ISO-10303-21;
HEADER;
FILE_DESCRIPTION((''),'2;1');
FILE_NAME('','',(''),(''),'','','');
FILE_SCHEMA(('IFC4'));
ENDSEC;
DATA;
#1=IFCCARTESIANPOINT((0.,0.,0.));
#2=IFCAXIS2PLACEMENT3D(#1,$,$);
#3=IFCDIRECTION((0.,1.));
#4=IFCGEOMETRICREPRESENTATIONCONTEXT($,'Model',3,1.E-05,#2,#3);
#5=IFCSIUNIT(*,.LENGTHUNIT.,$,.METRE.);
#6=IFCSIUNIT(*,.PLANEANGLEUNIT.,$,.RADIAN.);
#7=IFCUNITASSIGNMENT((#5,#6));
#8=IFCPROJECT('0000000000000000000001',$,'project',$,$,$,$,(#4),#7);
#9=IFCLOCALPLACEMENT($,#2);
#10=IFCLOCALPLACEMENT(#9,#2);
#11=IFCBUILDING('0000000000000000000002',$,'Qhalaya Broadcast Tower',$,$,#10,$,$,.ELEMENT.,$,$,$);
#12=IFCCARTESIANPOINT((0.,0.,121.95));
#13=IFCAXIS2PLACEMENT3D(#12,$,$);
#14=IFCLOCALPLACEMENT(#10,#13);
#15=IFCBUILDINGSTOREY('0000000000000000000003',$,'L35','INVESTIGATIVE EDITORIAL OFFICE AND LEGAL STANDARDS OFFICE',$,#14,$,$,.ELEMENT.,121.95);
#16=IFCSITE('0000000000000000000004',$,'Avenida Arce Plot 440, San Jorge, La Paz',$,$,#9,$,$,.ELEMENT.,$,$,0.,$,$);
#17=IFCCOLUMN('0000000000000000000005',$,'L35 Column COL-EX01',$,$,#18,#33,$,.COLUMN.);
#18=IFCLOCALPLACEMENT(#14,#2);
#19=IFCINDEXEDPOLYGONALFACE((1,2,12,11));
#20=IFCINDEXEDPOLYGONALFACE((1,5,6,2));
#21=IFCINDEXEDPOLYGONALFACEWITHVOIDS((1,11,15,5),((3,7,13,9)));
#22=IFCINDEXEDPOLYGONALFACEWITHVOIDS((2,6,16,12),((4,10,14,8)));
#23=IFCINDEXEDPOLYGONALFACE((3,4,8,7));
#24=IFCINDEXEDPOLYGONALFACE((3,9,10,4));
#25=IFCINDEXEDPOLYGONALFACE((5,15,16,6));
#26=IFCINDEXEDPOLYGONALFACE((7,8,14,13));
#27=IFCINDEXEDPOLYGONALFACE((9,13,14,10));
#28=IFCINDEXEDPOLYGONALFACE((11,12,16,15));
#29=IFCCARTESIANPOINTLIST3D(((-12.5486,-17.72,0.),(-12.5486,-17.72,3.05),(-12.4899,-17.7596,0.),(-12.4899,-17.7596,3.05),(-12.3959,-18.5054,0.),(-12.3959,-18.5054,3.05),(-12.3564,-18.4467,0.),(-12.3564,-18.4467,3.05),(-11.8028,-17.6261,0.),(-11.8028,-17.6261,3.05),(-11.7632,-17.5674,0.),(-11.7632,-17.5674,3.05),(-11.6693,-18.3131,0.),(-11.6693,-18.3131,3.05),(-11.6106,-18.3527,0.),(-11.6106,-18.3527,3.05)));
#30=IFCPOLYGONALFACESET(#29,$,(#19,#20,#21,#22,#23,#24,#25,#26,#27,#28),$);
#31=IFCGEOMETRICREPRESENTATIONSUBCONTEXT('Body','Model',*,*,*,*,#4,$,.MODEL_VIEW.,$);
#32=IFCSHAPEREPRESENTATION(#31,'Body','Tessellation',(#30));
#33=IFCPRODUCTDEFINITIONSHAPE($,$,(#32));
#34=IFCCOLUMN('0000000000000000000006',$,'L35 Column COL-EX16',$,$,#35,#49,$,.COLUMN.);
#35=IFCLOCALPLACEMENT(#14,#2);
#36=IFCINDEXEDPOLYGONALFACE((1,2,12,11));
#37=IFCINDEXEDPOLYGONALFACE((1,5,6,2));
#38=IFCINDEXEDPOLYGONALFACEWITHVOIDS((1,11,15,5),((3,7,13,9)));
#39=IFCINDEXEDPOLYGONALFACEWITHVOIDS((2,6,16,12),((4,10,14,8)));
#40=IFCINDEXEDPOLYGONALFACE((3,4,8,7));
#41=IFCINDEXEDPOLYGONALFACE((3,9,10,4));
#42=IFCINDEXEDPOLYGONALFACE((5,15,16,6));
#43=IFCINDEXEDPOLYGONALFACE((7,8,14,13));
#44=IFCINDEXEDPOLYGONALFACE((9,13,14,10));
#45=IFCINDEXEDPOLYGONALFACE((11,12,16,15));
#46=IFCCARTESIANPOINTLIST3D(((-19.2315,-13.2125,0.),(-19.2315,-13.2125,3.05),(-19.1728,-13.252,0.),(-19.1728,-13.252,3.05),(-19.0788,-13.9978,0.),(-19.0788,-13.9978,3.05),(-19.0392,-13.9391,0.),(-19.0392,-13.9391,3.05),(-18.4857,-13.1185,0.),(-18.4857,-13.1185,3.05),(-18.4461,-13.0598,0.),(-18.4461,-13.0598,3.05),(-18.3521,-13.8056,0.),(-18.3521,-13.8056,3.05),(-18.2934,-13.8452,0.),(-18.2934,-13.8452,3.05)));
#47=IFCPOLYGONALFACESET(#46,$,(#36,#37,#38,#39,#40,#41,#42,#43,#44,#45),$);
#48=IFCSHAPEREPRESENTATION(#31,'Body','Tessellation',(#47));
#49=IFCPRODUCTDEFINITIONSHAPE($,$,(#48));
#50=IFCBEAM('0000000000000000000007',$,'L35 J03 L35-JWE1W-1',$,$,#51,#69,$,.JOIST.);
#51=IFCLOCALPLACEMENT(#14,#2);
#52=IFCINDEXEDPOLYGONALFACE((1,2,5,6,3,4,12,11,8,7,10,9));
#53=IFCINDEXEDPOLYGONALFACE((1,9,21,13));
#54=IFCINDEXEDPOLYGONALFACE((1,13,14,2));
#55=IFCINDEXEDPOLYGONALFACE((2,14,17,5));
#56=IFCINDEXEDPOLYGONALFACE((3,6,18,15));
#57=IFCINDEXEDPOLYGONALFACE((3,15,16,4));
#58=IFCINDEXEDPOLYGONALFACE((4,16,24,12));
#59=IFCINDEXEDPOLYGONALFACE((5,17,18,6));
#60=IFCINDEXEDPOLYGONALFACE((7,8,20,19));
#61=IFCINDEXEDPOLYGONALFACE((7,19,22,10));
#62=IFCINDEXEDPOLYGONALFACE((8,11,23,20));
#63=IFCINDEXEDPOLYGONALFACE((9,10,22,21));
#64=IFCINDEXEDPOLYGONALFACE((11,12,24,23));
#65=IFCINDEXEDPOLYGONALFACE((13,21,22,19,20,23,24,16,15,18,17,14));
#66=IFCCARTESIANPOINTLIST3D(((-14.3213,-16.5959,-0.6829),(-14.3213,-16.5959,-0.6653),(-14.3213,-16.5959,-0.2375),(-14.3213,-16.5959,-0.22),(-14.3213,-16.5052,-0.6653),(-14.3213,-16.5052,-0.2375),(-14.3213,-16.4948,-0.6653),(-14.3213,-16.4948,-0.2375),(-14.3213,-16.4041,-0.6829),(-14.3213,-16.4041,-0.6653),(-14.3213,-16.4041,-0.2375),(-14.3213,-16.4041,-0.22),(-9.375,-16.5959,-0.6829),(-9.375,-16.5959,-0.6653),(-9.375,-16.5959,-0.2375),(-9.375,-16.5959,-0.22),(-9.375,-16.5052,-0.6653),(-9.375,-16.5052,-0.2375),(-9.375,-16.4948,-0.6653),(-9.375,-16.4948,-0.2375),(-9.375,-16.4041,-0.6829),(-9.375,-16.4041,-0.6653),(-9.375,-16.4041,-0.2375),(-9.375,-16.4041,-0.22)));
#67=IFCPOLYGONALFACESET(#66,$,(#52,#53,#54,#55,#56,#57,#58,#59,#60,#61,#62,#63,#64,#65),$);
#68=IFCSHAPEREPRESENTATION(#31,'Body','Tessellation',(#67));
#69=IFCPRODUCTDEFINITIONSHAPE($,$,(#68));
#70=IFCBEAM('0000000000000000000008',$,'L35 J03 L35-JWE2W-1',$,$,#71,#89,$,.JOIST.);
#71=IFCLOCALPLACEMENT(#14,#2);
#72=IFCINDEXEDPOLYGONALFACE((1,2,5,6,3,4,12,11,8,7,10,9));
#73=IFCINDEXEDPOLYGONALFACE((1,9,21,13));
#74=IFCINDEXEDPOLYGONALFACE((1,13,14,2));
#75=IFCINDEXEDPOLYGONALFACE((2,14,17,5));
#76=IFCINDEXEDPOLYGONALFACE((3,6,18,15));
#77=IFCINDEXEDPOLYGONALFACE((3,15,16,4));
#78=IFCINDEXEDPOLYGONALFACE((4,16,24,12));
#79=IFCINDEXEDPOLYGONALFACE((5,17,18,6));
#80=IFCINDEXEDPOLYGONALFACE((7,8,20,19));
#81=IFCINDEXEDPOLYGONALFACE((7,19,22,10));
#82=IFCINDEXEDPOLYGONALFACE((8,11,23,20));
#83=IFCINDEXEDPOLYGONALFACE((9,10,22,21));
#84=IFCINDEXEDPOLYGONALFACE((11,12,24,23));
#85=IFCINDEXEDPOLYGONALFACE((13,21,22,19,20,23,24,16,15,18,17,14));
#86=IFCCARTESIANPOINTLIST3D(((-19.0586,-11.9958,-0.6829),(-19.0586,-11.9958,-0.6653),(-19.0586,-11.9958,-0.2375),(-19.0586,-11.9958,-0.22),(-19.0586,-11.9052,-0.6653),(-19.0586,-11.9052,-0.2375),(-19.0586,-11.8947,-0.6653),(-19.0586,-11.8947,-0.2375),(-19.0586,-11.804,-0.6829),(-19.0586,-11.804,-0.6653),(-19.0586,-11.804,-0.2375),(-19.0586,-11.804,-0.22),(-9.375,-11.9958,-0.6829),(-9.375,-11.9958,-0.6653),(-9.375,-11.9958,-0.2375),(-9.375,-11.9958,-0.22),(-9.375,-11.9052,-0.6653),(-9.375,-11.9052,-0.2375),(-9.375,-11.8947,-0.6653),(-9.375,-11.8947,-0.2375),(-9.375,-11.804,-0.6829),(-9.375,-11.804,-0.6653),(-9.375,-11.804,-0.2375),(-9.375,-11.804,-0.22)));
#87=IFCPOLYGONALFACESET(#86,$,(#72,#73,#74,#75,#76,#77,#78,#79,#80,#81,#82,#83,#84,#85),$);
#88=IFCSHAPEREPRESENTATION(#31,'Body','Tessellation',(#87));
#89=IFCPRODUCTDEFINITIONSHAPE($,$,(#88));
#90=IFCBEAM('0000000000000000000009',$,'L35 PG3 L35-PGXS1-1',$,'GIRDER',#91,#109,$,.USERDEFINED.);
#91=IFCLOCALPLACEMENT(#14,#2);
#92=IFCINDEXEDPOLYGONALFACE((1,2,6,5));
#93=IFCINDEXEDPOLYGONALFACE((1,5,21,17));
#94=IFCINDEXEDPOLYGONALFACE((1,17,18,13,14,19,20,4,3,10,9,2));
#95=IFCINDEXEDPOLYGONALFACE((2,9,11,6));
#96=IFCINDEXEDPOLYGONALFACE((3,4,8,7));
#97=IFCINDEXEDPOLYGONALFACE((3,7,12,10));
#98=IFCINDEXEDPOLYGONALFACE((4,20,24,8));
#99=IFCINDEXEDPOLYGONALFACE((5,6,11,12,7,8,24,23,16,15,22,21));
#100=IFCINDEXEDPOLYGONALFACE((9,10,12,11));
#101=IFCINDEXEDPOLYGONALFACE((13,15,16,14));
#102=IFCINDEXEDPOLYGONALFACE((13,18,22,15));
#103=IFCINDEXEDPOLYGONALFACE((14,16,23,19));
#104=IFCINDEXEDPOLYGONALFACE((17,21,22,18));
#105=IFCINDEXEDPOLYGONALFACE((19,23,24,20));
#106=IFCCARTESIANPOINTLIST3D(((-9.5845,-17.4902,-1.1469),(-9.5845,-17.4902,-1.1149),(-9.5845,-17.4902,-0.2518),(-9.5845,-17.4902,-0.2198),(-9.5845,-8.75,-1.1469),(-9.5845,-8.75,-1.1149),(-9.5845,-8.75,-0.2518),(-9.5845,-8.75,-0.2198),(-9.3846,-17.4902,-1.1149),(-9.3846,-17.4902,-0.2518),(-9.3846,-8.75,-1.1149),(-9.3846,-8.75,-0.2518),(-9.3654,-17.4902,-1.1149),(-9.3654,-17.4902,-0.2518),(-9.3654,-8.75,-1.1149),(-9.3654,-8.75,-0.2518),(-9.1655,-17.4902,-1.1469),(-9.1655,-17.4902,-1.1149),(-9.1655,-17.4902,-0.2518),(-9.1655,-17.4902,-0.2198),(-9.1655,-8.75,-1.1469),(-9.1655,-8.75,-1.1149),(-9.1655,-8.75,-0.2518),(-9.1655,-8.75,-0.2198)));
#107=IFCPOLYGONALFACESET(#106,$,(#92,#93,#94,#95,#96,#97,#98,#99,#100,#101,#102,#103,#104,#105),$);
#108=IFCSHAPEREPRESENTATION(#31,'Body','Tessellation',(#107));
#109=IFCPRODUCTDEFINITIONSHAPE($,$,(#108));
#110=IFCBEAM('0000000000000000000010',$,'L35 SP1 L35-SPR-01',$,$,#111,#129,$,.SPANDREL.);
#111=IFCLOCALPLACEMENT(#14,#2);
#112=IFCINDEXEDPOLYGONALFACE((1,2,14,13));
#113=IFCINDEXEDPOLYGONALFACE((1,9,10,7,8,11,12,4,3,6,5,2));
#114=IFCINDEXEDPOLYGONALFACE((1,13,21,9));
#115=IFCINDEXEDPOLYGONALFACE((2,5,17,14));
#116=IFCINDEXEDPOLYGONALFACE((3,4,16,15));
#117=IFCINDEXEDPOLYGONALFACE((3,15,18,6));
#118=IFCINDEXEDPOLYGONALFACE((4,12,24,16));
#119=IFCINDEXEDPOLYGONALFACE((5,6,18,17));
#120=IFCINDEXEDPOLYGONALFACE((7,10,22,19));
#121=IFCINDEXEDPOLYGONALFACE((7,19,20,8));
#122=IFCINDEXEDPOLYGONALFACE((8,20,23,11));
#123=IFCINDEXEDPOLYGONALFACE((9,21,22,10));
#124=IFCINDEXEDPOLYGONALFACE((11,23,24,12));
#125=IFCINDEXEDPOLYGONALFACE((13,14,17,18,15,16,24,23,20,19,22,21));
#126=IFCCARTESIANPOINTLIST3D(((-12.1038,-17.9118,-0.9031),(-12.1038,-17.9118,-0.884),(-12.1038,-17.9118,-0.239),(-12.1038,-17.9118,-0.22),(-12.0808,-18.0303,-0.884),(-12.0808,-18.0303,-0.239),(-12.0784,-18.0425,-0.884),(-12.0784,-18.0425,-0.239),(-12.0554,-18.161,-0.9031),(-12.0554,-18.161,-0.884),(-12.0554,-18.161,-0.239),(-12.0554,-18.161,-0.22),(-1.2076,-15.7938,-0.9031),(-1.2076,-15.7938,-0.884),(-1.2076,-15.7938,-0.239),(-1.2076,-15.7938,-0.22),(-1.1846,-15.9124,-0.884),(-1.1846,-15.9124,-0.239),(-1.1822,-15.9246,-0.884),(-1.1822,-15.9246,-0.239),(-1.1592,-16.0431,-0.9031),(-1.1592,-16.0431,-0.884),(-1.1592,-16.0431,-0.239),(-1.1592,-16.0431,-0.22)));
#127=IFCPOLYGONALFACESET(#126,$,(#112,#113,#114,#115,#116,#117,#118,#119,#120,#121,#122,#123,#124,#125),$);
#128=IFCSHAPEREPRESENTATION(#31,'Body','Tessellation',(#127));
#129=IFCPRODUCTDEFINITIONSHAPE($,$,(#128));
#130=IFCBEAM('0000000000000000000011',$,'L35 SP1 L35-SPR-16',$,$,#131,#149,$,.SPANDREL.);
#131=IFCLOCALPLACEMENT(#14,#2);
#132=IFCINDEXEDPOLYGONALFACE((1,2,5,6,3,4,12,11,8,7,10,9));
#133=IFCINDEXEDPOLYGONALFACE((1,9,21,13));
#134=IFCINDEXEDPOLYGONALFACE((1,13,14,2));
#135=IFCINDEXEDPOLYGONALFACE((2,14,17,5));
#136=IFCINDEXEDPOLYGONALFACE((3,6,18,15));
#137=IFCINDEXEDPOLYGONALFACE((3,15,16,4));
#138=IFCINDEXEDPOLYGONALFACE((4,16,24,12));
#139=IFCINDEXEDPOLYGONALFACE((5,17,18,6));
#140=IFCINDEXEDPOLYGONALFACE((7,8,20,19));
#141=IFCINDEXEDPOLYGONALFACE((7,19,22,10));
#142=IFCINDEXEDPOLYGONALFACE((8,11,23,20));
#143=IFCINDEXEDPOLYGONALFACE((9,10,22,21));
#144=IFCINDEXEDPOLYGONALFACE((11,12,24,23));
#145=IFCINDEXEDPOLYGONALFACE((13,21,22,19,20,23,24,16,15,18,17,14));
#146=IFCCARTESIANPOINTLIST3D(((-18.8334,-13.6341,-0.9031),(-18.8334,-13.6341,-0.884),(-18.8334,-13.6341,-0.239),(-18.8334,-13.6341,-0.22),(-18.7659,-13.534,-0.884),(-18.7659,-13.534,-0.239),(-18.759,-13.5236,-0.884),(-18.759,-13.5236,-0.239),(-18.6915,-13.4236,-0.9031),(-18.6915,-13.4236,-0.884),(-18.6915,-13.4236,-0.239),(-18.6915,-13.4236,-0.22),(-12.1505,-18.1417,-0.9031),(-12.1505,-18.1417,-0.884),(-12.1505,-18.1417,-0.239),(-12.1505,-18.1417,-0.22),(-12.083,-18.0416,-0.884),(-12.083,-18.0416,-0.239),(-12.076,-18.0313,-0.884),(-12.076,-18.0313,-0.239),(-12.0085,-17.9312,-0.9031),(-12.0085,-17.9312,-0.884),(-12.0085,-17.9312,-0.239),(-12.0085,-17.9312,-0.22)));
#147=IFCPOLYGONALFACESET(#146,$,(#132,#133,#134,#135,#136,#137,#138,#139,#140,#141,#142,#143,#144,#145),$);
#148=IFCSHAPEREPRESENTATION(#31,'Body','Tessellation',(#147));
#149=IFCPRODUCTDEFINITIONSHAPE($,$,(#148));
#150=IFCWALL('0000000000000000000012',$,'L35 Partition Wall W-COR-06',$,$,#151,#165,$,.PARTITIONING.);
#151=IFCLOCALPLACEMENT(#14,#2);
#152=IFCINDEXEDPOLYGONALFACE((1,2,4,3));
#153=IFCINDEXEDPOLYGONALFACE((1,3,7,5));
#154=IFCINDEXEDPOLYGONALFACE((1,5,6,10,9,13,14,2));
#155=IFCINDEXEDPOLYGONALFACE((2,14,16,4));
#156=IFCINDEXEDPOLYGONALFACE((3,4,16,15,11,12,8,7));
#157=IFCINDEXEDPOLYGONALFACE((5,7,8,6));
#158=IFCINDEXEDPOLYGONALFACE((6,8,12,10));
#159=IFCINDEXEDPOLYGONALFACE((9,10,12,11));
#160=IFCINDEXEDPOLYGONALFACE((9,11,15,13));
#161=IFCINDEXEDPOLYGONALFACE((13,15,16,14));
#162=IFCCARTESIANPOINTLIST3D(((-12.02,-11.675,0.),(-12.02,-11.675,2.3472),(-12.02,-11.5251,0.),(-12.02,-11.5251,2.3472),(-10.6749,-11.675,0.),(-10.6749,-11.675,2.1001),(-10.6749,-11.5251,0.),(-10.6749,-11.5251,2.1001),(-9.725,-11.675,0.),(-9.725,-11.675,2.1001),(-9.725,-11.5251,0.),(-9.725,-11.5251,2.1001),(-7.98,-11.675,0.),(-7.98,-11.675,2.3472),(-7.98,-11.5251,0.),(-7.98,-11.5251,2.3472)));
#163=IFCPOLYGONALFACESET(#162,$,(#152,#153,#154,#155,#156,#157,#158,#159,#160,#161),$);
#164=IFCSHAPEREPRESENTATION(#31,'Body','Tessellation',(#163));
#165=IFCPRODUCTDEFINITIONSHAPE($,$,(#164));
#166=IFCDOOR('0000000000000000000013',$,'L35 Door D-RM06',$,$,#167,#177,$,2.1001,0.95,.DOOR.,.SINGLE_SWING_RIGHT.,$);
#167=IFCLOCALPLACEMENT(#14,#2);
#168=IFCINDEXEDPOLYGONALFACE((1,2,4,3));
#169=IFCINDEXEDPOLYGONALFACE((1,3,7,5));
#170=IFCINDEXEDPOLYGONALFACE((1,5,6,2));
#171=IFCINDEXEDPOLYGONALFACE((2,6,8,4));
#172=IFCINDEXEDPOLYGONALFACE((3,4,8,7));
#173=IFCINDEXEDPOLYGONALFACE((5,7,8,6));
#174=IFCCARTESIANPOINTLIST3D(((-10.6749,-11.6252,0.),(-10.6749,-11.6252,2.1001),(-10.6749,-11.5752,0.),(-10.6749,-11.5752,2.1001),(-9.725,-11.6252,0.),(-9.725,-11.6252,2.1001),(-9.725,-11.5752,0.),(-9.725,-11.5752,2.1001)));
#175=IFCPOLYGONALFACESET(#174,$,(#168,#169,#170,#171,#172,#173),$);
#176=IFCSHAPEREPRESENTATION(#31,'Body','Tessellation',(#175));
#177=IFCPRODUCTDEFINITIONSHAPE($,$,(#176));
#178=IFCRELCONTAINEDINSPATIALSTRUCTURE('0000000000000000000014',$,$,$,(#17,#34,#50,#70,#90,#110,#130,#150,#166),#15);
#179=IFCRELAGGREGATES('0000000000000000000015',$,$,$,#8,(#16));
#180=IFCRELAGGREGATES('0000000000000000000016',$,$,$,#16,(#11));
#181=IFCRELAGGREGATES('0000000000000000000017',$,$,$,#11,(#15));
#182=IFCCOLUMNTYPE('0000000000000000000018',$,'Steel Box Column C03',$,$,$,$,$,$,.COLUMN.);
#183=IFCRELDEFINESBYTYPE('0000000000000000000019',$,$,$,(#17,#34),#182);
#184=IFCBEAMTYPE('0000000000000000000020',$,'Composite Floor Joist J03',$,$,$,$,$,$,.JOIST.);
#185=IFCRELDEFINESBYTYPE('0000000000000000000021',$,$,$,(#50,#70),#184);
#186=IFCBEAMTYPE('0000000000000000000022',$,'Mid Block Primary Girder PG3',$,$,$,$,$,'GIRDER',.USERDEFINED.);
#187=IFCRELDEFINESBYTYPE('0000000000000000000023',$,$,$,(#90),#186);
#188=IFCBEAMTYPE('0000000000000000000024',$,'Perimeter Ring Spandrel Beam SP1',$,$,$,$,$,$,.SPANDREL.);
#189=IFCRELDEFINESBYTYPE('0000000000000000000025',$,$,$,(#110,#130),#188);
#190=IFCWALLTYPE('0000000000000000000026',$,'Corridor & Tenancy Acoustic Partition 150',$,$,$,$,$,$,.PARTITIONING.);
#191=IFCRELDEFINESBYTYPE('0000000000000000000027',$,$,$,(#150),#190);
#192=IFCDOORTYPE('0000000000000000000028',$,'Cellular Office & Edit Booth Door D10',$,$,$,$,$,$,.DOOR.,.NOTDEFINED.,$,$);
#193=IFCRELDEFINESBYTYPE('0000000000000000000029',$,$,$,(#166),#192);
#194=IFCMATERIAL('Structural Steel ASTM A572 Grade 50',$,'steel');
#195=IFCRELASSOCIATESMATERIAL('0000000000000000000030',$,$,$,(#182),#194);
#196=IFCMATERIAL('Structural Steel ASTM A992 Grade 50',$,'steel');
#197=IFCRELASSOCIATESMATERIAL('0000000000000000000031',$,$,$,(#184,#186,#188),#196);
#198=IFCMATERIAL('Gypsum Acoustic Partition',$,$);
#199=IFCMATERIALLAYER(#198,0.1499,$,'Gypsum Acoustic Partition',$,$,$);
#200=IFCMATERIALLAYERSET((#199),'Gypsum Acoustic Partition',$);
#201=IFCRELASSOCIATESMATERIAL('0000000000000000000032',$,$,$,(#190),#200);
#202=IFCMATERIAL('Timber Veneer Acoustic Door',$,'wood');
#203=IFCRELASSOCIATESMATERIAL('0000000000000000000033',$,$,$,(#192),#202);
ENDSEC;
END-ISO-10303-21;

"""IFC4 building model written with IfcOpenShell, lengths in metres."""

from ifc_helpers import new_model, si_unit, direction, frame, frame_2d, origin, origin_2d, place, context, subcontext, project, spatial, rectangle, hollow_rectangle, i_section, extrude, material, layer, layer_set, material_profile, profile_set, type_object, element, fill, save


model = new_model("IFC4")

# Units and contexts
model_context = context("Model", 3, precision=1e-05, world=origin(), true_north=direction((0.0, 1.0)))
body_context = subcontext(model_context, "Body", "Model", "MODEL_VIEW")
ifc_project = project(units=[si_unit("LENGTHUNIT", "METRE"), si_unit("PLANEANGLEUNIT", "RADIAN")], contexts=[model_context])

# Site, building, storey
site_placement = place(None, origin())
site = spatial("IfcSite", under=ifc_project, at=site_placement, Name="Avenida Arce Plot 440, San Jorge, La Paz", CompositionType="ELEMENT", RefElevation=0.0)
building_placement = place(site_placement, origin())
building = spatial("IfcBuilding", under=site, at=building_placement, Name="Qhalaya Broadcast Tower", CompositionType="ELEMENT")
storey_placement = place(building_placement, frame((0.0, 0.0, 121.95)))
storey = spatial("IfcBuildingStorey", under=building, at=storey_placement, Name="L35", Description="INVESTIGATIVE EDITORIAL OFFICE AND LEGAL STANDARDS OFFICE", CompositionType="ELEMENT", Elevation=121.95)

# Columns
ifc_material_1 = material(Name="Structural Steel ASTM A572 Grade 50", Category="steel")
ifc_material_profile_1 = material_profile(ifc_material_1, hollow_rectangle(XDim=0.8, YDim=0.8, WallThickness=0.05, at=origin_2d()), Name="BOX 800x800x50")
ifc_profile_set_1 = profile_set([ifc_material_profile_1], Name="Structural Steel ASTM A572 Grade 50")
column_type = type_object("IfcColumnType", Name="Steel Box Column C03", PredefinedType="COLUMN", material=ifc_profile_set_1)
for number, where, z_axis, x_axis, name in (
    (1, (-12.0796, -18.0364, 0.0), (0.0, 0.0, 1.0), (0.981627, 0.190809, 0.0), "L35 Column COL-EX01"),
    (2, (-18.7625, -13.5288, 0.0), (0.0, 0.0, 1.0), (-0.190809, 0.981627, 0.0), "L35 Column COL-EX16"),
):
    element("IfcColumn", number, at=place(storey_placement, frame(where, z_axis=z_axis, x_axis=x_axis)), inside=storey, type_object=column_type, Name=name, PredefinedType="COLUMN", context=body_context, shape_type="SweptSolid", body=[
        extrude(hollow_rectangle(XDim=0.8, YDim=0.8, WallThickness=0.05, at=origin_2d()), origin(), (0.0, 0.0, 1.0), 3.05),
    ])

# Beams
ifc_material_2 = material(Name="Structural Steel ASTM A992 Grade 50", Category="steel")
ifc_material_profile_2 = material_profile(ifc_material_2, i_section(OverallWidth=0.1919, OverallDepth=0.4629, WebThickness=0.0105, FlangeThickness=0.0176, at=origin_2d()), Name="W18X60")
ifc_profile_set_2 = profile_set([ifc_material_profile_2], Name="Structural Steel ASTM A992 Grade 50")
beam_type_1 = type_object("IfcBeamType", Name="Composite Floor Joist J03", PredefinedType="JOIST", material=ifc_profile_set_2)
beam_1_placement = place(storey_placement, frame((-14.3213, -16.5, -0.4514), z_axis=(1.0, 0.0, 0.0), x_axis=(0.0, 1.0, 0.0)))
element("IfcBeam", 3, at=beam_1_placement, inside=storey, type_object=beam_type_1, Name="L35 J03 L35-JWE1W-1", PredefinedType="JOIST", context=body_context, shape_type="SweptSolid", body=[
    extrude(i_section(OverallWidth=0.1919, OverallDepth=0.4629, WebThickness=0.0105, FlangeThickness=0.0176, at=origin_2d()), origin(), (0.0, 0.0, 1.0), 4.9463),
])
beam_2_placement = place(storey_placement, frame((-19.0586, -11.8999, -0.4514), z_axis=(1.0, 0.0, 0.0), x_axis=(0.0, 1.0, 0.0)))
element("IfcBeam", 4, at=beam_2_placement, inside=storey, type_object=beam_type_1, Name="L35 J03 L35-JWE2W-1", PredefinedType="JOIST", context=body_context, shape_type="SweptSolid", body=[
    extrude(i_section(OverallWidth=0.1919, OverallDepth=0.4629, WebThickness=0.0105, FlangeThickness=0.0176, at=origin_2d()), origin(), (0.0, 0.0, 1.0), 9.6836),
])
ifc_material_profile_3 = material_profile(ifc_material_2, i_section(OverallWidth=0.4189, OverallDepth=0.927, WebThickness=0.0193, FlangeThickness=0.032, at=origin_2d()), Name="W36X231")
ifc_profile_set_3 = profile_set([ifc_material_profile_3], Name="Structural Steel ASTM A992 Grade 50")
beam_type_2 = type_object("IfcBeamType", Name="Mid Block Primary Girder PG3", ElementType="GIRDER", PredefinedType="USERDEFINED", material=ifc_profile_set_3)
beam_3_placement = place(storey_placement, frame((-9.375, -17.4902, -0.6833), z_axis=(0.0, 1.0, 0.0), x_axis=(-1.0, 0.0, 0.0)))
element("IfcBeam", 5, at=beam_3_placement, inside=storey, type_object=beam_type_2, Name="L35 PG3 L35-PGXS1-1", ObjectType="GIRDER", PredefinedType="USERDEFINED", context=body_context, shape_type="SweptSolid", body=[
    extrude(i_section(OverallWidth=0.4189, OverallDepth=0.927, WebThickness=0.0193, FlangeThickness=0.032, at=origin_2d()), origin(), (0.0, 0.0, 1.0), 8.7402),
])
ifc_material_profile_4 = material_profile(ifc_material_2, i_section(OverallWidth=0.2539, OverallDepth=0.6831, WebThickness=0.0125, FlangeThickness=0.019, at=origin_2d()), Name="W27X94")
ifc_profile_set_4 = profile_set([ifc_material_profile_4], Name="Structural Steel ASTM A992 Grade 50")
beam_type_3 = type_object("IfcBeamType", Name="Perimeter Ring Spandrel Beam SP1", PredefinedType="SPANDREL", material=ifc_profile_set_4)
beam_4_placement = place(storey_placement, frame((-12.0796, -18.0364, -0.5615), z_axis=(0.981629, 0.190801, 0.0), x_axis=(-0.190801, 0.981629, 0.0)))
element("IfcBeam", 6, at=beam_4_placement, inside=storey, type_object=beam_type_3, Name="L35 SP1 L35-SPR-01", PredefinedType="SPANDREL", context=body_context, shape_type="SweptSolid", body=[
    extrude(i_section(OverallWidth=0.2539, OverallDepth=0.6831, WebThickness=0.0125, FlangeThickness=0.019, at=origin_2d()), origin(), (0.0, 0.0, 1.0), 11.1001),
])
beam_5_placement = place(storey_placement, frame((-18.7625, -13.5288, -0.5615), z_axis=(0.829042, -0.559186, 0.0), x_axis=(0.559186, 0.829042, 0.0)))
element("IfcBeam", 7, at=beam_5_placement, inside=storey, type_object=beam_type_3, Name="L35 SP1 L35-SPR-16", PredefinedType="SPANDREL", context=body_context, shape_type="SweptSolid", body=[
    extrude(i_section(OverallWidth=0.2539, OverallDepth=0.6831, WebThickness=0.0125, FlangeThickness=0.019, at=origin_2d()), origin(), (0.0, 0.0, 1.0), 8.061),
])

# Wall, opening, door
ifc_material_3 = material(Name="Gypsum Acoustic Partition")
ifc_layer_1 = layer(ifc_material_3, 0.1499, Name="Gypsum Acoustic Partition")
ifc_layer_set_1 = layer_set([ifc_layer_1], Name="Gypsum Acoustic Partition")
wall_type_1 = type_object("IfcWallType", Name="Corridor & Tenancy Acoustic Partition 150", PredefinedType="PARTITIONING", material=ifc_layer_set_1)
wall_1_placement = place(storey_placement, frame((-12.02, -11.6001, 0.0), z_axis=(0.0, 0.0, 1.0), x_axis=(1.0, 0.0, 0.0)))
wall_1 = element("IfcWall", 8, at=wall_1_placement, inside=storey, type_object=wall_type_1, Name="L35 Partition Wall W-COR-06", PredefinedType="PARTITIONING", context=body_context, shape_type="SweptSolid", body=[
    extrude(rectangle(XDim=4.04, YDim=0.1499, at=frame_2d((2.02, 0.0))), origin(), (0.0, 0.0, 1.0), 2.3472),
])
opening_1_placement = place(wall_1_placement, frame((1.345, 0.0, 0.0)))
opening_1 = element("IfcOpeningElement", 9, at=opening_1_placement, cuts=wall_1, PredefinedType="OPENING", context=body_context, shape_type="SweptSolid", body=[
    extrude(rectangle(XDim=0.95, YDim=2.1001, at=frame_2d((0.4751, 1.05))), frame((0.0, 0.0869, 0.0), z_axis=(0.0, -1.0, 0.0), x_axis=(1.0, 0.0, 0.0)), (0.0, 0.0, 1.0), 0.1738),
])
ifc_material_4 = material(Name="Timber Veneer Acoustic Door", Category="wood")
door_type = type_object("IfcDoorType", Name="Cellular Office & Edit Booth Door D10", OperationType="NOTDEFINED", PredefinedType="DOOR", material=ifc_material_4)
door_1_placement = place(opening_1_placement, origin())
door_1 = element("IfcDoor", 10, at=door_1_placement, inside=storey, type_object=door_type, Name="L35 Door D-RM06", OperationType="SINGLE_SWING_RIGHT", OverallHeight=2.1001, OverallWidth=0.95, PredefinedType="DOOR", context=body_context, shape_type="SweptSolid", body=[
    extrude(rectangle(XDim=0.95, YDim=2.1001, at=frame_2d((0.4751, 1.05))), frame((0.0, 0.0249, 0.0), z_axis=(0.0, -1.0, 0.0), x_axis=(1.0, 0.0, 0.0)), (0.0, 0.0, 1.0), 0.05),
])
fill(opening_1, door_1)

save(model, "model.ifc")
